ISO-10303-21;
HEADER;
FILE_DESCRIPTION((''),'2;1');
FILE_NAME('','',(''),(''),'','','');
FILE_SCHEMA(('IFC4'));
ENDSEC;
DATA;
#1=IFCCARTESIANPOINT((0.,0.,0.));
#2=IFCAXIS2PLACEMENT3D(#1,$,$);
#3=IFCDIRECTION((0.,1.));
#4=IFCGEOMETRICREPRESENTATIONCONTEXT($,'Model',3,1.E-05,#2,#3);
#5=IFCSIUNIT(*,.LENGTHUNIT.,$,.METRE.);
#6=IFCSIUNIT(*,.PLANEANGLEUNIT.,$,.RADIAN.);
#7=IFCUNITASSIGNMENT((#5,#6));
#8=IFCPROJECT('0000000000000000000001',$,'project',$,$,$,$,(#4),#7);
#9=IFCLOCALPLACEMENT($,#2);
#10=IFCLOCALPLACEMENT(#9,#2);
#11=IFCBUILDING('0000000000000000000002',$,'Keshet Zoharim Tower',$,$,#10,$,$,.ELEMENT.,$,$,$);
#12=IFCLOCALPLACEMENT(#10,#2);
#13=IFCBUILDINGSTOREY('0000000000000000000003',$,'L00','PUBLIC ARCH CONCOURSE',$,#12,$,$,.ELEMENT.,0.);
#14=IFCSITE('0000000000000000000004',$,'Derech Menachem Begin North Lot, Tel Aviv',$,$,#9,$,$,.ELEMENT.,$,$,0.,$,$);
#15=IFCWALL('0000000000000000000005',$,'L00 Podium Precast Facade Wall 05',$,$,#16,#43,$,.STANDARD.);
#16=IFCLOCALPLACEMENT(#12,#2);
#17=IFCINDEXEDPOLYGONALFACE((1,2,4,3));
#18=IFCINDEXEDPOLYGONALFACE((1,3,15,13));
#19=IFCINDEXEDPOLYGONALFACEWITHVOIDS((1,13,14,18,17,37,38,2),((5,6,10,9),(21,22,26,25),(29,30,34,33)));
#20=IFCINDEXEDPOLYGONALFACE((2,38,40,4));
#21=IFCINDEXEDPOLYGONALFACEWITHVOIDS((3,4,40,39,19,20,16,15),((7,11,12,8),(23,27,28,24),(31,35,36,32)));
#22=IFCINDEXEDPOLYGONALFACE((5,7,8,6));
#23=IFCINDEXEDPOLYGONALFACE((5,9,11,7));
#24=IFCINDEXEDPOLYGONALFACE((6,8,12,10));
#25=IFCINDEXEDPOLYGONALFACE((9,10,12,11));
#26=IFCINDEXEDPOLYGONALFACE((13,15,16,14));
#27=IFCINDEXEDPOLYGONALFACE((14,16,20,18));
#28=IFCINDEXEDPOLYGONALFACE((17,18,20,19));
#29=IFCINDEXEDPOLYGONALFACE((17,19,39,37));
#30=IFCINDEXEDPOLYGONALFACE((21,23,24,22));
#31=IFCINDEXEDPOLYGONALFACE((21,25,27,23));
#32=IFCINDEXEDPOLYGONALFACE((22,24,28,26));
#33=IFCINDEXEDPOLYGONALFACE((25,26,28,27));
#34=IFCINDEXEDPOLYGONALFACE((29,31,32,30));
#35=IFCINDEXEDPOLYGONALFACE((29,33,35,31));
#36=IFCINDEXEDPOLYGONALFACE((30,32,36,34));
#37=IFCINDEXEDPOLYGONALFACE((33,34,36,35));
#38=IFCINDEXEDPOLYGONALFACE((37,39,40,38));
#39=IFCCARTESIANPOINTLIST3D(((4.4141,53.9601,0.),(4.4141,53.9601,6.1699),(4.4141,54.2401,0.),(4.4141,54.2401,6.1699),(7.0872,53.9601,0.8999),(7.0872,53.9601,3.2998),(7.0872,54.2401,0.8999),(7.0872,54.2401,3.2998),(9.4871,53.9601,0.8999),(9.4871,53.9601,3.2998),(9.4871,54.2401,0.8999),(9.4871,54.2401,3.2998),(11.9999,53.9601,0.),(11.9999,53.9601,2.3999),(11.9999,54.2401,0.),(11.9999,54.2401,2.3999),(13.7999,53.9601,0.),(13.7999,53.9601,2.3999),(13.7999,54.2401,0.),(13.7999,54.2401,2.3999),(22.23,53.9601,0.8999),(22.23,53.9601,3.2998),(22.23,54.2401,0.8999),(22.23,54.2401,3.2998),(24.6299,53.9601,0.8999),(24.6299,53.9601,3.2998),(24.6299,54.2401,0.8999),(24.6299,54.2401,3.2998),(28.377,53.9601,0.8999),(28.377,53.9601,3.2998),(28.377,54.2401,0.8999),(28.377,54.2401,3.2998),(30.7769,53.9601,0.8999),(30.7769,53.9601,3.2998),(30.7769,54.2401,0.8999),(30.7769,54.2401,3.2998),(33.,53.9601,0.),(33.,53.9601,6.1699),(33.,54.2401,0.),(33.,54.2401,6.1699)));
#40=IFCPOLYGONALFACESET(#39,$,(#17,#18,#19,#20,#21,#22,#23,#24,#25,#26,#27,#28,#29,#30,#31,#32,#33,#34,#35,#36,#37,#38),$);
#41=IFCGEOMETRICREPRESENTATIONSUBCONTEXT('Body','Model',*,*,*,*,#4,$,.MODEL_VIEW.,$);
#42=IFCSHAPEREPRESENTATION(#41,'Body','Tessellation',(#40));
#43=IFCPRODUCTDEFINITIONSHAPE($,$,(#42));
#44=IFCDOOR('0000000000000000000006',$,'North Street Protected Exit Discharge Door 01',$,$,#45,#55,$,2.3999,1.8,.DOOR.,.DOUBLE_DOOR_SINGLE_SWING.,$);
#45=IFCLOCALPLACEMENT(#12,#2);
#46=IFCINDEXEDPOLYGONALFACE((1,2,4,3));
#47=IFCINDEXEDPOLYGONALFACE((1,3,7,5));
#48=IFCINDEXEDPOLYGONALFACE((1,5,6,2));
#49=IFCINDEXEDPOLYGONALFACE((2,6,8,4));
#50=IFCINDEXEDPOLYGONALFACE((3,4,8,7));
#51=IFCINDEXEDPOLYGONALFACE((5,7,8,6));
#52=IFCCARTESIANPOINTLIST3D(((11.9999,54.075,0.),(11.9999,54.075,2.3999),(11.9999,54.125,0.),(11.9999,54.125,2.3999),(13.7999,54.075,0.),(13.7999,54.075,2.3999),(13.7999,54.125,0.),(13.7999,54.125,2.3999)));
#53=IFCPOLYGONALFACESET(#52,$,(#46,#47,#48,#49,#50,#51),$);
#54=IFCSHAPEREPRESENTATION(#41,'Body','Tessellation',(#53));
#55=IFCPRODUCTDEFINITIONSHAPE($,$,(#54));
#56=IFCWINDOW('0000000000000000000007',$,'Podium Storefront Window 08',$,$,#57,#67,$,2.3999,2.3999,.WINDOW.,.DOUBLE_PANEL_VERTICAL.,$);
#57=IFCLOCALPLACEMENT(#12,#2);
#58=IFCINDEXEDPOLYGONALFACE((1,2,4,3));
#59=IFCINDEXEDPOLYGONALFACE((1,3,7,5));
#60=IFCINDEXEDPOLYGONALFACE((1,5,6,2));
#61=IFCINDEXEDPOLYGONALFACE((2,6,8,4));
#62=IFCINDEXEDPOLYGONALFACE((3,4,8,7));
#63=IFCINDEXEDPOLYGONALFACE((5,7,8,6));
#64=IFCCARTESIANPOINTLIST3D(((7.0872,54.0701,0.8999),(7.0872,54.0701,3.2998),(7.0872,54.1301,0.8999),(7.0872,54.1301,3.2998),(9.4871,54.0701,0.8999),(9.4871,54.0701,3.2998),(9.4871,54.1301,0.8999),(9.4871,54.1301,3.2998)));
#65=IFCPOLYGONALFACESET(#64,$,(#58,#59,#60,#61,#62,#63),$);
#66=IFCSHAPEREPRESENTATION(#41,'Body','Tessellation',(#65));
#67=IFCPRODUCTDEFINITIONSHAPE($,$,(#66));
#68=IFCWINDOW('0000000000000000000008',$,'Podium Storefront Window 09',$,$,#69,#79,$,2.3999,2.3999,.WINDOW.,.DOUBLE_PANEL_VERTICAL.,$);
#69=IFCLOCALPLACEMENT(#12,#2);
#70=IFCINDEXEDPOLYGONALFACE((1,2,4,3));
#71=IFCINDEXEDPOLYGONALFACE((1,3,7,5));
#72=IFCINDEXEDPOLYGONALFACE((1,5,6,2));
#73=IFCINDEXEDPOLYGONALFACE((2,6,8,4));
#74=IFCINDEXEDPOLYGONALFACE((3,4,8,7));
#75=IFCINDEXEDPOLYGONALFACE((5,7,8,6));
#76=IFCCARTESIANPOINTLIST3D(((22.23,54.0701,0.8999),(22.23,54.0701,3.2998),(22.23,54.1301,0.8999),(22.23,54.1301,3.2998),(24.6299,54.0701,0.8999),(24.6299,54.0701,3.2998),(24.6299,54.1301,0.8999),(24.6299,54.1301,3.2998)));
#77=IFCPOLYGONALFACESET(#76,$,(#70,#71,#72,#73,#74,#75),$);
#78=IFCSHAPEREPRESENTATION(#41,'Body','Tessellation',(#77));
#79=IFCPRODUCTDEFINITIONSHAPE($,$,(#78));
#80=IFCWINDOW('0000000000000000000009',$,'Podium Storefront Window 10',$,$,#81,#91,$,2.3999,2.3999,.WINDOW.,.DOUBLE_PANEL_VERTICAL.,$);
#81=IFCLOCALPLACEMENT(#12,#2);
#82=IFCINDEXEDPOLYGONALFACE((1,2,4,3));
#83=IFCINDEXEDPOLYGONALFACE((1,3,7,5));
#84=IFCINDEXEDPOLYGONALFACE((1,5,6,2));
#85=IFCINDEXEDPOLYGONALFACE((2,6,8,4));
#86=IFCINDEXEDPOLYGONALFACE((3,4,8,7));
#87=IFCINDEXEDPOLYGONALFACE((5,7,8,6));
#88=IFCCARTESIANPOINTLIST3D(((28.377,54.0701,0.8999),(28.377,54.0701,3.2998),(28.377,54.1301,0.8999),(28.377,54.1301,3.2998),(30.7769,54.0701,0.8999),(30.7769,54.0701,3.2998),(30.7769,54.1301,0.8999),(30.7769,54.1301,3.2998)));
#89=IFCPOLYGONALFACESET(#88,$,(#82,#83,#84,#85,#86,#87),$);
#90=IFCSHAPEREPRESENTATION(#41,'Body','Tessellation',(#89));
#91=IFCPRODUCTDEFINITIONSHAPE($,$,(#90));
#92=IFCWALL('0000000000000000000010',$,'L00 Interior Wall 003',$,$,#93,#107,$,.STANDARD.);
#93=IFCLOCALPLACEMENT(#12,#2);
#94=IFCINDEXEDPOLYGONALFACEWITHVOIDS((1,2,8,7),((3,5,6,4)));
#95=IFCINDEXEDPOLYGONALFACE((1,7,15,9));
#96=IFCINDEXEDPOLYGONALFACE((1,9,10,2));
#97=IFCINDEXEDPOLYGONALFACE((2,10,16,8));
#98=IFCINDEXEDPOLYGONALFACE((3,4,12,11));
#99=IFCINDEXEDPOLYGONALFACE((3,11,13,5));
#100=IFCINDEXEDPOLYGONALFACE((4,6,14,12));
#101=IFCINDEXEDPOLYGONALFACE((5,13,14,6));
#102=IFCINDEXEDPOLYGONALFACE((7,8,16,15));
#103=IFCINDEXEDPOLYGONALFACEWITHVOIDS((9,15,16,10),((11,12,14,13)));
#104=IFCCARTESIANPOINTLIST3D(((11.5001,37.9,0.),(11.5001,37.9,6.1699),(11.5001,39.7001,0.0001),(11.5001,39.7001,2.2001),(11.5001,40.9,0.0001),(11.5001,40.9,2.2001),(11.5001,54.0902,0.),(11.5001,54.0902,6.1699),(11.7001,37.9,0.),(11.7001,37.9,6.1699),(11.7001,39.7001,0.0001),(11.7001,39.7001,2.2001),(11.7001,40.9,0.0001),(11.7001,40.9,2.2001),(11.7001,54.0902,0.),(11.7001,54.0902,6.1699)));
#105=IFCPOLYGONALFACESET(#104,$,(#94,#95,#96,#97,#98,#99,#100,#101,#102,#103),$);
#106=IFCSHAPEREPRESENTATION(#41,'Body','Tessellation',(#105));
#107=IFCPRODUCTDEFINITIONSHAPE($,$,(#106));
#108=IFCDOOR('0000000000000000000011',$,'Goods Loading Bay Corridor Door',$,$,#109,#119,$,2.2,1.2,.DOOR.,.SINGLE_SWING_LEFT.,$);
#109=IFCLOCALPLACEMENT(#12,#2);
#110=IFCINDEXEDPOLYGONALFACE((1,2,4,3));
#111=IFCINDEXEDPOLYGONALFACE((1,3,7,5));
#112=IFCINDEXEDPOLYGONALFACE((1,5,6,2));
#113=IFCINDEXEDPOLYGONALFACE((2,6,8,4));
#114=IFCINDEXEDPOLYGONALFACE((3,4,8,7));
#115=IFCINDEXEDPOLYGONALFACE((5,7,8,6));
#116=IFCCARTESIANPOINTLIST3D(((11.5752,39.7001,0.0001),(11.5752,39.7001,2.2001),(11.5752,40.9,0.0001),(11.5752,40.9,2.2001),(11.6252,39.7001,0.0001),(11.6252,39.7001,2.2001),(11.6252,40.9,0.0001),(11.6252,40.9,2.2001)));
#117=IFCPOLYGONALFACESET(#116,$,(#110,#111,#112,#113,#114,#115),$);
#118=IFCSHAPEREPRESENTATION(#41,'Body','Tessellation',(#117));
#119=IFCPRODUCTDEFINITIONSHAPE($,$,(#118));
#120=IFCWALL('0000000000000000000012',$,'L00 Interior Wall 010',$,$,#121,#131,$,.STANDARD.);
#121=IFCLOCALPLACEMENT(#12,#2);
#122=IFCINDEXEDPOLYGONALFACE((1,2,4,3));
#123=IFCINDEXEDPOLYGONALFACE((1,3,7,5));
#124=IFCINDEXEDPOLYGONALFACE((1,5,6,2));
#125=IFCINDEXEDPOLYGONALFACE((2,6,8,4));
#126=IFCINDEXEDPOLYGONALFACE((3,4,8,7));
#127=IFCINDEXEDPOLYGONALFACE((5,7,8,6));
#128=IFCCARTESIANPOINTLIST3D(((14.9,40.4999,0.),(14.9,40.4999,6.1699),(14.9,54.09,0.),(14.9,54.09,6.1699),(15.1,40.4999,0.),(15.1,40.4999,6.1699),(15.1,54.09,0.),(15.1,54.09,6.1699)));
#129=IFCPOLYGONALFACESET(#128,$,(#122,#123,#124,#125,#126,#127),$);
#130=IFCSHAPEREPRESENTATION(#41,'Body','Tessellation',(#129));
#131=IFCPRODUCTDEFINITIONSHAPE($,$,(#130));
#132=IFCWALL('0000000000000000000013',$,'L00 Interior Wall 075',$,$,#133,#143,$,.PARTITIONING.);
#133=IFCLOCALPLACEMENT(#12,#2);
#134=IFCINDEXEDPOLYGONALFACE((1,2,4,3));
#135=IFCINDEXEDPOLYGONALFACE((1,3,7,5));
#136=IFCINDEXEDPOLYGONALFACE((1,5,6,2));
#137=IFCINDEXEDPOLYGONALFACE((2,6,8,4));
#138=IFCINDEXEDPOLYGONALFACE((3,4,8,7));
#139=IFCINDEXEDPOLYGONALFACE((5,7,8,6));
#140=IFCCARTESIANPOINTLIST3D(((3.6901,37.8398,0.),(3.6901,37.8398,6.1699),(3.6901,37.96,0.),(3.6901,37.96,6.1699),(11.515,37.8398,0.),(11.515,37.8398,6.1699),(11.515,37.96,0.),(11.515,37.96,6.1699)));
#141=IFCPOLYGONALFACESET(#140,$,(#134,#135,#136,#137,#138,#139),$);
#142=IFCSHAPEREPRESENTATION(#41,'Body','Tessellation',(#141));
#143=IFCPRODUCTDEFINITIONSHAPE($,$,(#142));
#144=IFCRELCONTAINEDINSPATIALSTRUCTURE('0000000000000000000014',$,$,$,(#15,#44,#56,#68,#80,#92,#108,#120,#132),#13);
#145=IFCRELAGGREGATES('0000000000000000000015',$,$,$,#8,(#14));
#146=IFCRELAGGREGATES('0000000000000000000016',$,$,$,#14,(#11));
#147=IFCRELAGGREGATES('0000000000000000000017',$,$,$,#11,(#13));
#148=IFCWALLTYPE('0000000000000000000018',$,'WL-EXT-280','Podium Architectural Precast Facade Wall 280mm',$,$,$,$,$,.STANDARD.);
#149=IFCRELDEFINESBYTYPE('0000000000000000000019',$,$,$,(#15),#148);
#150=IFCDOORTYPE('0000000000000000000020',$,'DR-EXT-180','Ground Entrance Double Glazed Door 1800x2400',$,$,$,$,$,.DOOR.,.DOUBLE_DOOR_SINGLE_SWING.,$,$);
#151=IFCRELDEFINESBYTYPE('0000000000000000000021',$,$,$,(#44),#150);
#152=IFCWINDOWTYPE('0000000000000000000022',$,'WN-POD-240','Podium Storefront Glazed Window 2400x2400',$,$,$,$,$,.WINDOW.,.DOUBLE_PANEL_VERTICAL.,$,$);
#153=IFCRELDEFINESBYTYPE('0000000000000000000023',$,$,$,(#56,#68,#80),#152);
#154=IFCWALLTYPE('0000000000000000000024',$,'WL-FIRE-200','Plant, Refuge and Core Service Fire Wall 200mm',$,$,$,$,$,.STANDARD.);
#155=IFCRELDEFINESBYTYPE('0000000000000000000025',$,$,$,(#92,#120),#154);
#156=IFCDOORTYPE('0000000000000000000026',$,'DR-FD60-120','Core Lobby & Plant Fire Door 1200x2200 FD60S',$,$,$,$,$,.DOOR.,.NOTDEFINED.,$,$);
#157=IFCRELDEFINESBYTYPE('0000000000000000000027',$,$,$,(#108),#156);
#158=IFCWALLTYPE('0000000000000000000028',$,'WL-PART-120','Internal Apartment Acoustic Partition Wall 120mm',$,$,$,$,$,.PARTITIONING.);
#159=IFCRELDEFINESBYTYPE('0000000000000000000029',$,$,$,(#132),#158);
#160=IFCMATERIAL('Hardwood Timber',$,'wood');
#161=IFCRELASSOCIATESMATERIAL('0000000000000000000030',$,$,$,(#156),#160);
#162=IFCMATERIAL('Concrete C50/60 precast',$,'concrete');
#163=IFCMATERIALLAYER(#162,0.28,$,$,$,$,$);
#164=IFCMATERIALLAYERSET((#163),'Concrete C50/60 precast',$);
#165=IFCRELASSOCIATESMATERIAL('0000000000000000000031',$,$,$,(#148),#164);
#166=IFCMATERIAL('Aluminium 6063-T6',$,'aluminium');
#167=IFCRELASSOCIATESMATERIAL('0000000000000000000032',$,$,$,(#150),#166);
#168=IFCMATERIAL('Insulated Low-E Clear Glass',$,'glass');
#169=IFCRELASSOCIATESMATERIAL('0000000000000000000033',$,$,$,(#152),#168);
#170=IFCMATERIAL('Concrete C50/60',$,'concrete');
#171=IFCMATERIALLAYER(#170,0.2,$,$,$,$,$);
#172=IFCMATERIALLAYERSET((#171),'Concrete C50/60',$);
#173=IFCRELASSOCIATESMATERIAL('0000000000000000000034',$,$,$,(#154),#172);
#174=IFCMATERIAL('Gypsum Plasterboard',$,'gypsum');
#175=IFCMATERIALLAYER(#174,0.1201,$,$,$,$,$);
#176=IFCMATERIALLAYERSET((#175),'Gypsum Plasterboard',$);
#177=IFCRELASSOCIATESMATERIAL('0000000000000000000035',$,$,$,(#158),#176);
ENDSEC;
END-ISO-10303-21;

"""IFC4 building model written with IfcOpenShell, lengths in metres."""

from ifc_helpers import new_model, si_unit, direction, frame, frame_2d, origin, place, context, subcontext, project, spatial, rectangle, extrude, material, layer, layer_set, type_object, element, fill, save


model = new_model("IFC4")

# Units and contexts
model_context = context("Model", 3, precision=1e-05, world=origin(), true_north=direction((0.0, 1.0)))
body_context = subcontext(model_context, "Body", "Model", "MODEL_VIEW")
ifc_project = project(units=[si_unit("LENGTHUNIT", "METRE"), si_unit("PLANEANGLEUNIT", "RADIAN")], contexts=[model_context])

# Site, building, storey
site_placement = place(None, origin())
site = spatial("IfcSite", under=ifc_project, at=site_placement, Name="Derech Menachem Begin North Lot, Tel Aviv", CompositionType="ELEMENT", RefElevation=0.0)
building_placement = place(site_placement, origin())
building = spatial("IfcBuilding", under=site, at=building_placement, Name="Keshet Zoharim Tower", CompositionType="ELEMENT")
storey_placement = place(building_placement, origin())
storey = spatial("IfcBuildingStorey", under=building, at=storey_placement, Name="L00", Description="PUBLIC ARCH CONCOURSE", CompositionType="ELEMENT", Elevation=0.0)

# Shared definitions
ifc_material_1 = material(Name="Gypsum Plasterboard", Category="gypsum")
ifc_material_2 = material(Name="Hardwood Timber", Category="wood")
door_type_1 = type_object("IfcDoorType", Name="DR-FD60-120", Description="Core Lobby & Plant Fire Door 1200x2200 FD60S", OperationType="NOTDEFINED", PredefinedType="DOOR", material=ifc_material_2)

# Shared definitions
ifc_material_3 = material(Name="Concrete C50/60 precast", Category="concrete")
ifc_layer_1 = layer(ifc_material_3, 0.28)
ifc_layer_set_1 = layer_set([ifc_layer_1], Name="Concrete C50/60 precast")
wall_type_1 = type_object("IfcWallType", Name="WL-EXT-280", Description="Podium Architectural Precast Facade Wall 280mm", PredefinedType="STANDARD", material=ifc_layer_set_1)

# Wall, openings, door, windows
wall_1_placement = place(storey_placement, frame((4.4141, 54.1001, 0.0), z_axis=(0.0, 0.0, 1.0), x_axis=(1.0, 0.0, 0.0)))
wall_1 = element("IfcWall", 1, at=wall_1_placement, inside=storey, type_object=wall_type_1, Name="L00 Podium Precast Facade Wall 05", PredefinedType="STANDARD", context=body_context, shape_type="SweptSolid", body=[
    extrude(rectangle(XDim=28.5859, YDim=0.28, at=frame_2d((14.293, 0.0))), origin(), (0.0, 0.0, 1.0), 6.1699),
])
opening_1_placement = place(wall_1_placement, frame((7.5859, 0.0, 0.0)))
opening_1 = element("IfcOpeningElement", 2, at=opening_1_placement, cuts=wall_1, PredefinedType="OPENING", context=body_context, shape_type="SweptSolid", body=[
    extrude(rectangle(XDim=1.8, YDim=2.3999, at=frame_2d((0.8999, 1.2))), frame((0.0, 0.1499, 0.0), z_axis=(0.0, -1.0, 0.0), x_axis=(1.0, 0.0, 0.0)), (0.0, 0.0, 1.0), 0.3),
])
opening_2_placement = place(wall_1_placement, frame((2.6731, 0.0, 0.8999)))
opening_2 = element("IfcOpeningElement", 3, at=opening_2_placement, cuts=wall_1, PredefinedType="OPENING", context=body_context, shape_type="SweptSolid", body=[
    extrude(rectangle(XDim=2.3999, YDim=2.3999, at=frame_2d((1.2, 1.2))), frame((0.0, 0.1499, 0.0), z_axis=(0.0, -1.0, 0.0), x_axis=(1.0, 0.0, 0.0)), (0.0, 0.0, 1.0), 0.3),
])
opening_3_placement = place(wall_1_placement, frame((17.8159, 0.0, 0.8999)))
opening_3 = element("IfcOpeningElement", 4, at=opening_3_placement, cuts=wall_1, PredefinedType="OPENING", context=body_context, shape_type="SweptSolid", body=[
    extrude(rectangle(XDim=2.3999, YDim=2.3999, at=frame_2d((1.2, 1.2))), frame((0.0, 0.1499, 0.0), z_axis=(0.0, -1.0, 0.0), x_axis=(1.0, 0.0, 0.0)), (0.0, 0.0, 1.0), 0.3),
])
opening_4_placement = place(wall_1_placement, frame((23.9629, 0.0, 0.8999)))
opening_4 = element("IfcOpeningElement", 5, at=opening_4_placement, cuts=wall_1, PredefinedType="OPENING", context=body_context, shape_type="SweptSolid", body=[
    extrude(rectangle(XDim=2.3999, YDim=2.3999, at=frame_2d((1.2, 1.2))), frame((0.0, 0.1499, 0.0), z_axis=(0.0, -1.0, 0.0), x_axis=(1.0, 0.0, 0.0)), (0.0, 0.0, 1.0), 0.3),
])
ifc_material_4 = material(Name="Aluminium 6063-T6", Category="aluminium")
door_type_2 = type_object("IfcDoorType", Name="DR-EXT-180", Description="Ground Entrance Double Glazed Door 1800x2400", OperationType="DOUBLE_DOOR_SINGLE_SWING", PredefinedType="DOOR", material=ifc_material_4)
door_1_placement = place(opening_1_placement, origin())
door_1 = element("IfcDoor", 6, at=door_1_placement, inside=storey, type_object=door_type_2, Name="North Street Protected Exit Discharge Door 01", OperationType="DOUBLE_DOOR_SINGLE_SWING", OverallHeight=2.3999, OverallWidth=1.8, PredefinedType="DOOR", context=body_context, shape_type="SweptSolid", body=[
    extrude(rectangle(XDim=1.8, YDim=2.3999, at=frame_2d((0.8999, 1.2))), frame((0.0, 0.0249, 0.0), z_axis=(0.0, -1.0, 0.0), x_axis=(1.0, 0.0, 0.0)), (0.0, 0.0, 1.0), 0.05),
])
fill(opening_1, door_1)
ifc_material_5 = material(Name="Insulated Low-E Clear Glass", Category="glass")
window_type = type_object("IfcWindowType", Name="WN-POD-240", Description="Podium Storefront Glazed Window 2400x2400", PartitioningType="DOUBLE_PANEL_VERTICAL", PredefinedType="WINDOW", material=ifc_material_5)
window_1_placement = place(opening_2_placement, origin())
window_1 = element("IfcWindow", 7, at=window_1_placement, inside=storey, type_object=window_type, Name="Podium Storefront Window 08", OverallHeight=2.3999, OverallWidth=2.3999, PartitioningType="DOUBLE_PANEL_VERTICAL", PredefinedType="WINDOW", context=body_context, shape_type="SweptSolid", body=[
    extrude(rectangle(XDim=2.3999, YDim=2.3999, at=frame_2d((1.2, 1.2))), frame((0.0, 0.03, 0.0), z_axis=(0.0, -1.0, 0.0), x_axis=(1.0, 0.0, 0.0)), (0.0, 0.0, 1.0), 0.0601),
])
fill(opening_2, window_1)
window_2_placement = place(opening_3_placement, origin())
window_2 = element("IfcWindow", 8, at=window_2_placement, inside=storey, type_object=window_type, Name="Podium Storefront Window 09", OverallHeight=2.3999, OverallWidth=2.3999, PartitioningType="DOUBLE_PANEL_VERTICAL", PredefinedType="WINDOW", context=body_context, shape_type="SweptSolid", body=[
    extrude(rectangle(XDim=2.3999, YDim=2.3999, at=frame_2d((1.2, 1.2))), frame((0.0, 0.03, 0.0), z_axis=(0.0, -1.0, 0.0), x_axis=(1.0, 0.0, 0.0)), (0.0, 0.0, 1.0), 0.0601),
])
fill(opening_3, window_2)
window_3_placement = place(opening_4_placement, origin())
window_3 = element("IfcWindow", 9, at=window_3_placement, inside=storey, type_object=window_type, Name="Podium Storefront Window 10", OverallHeight=2.3999, OverallWidth=2.3999, PartitioningType="DOUBLE_PANEL_VERTICAL", PredefinedType="WINDOW", context=body_context, shape_type="SweptSolid", body=[
    extrude(rectangle(XDim=2.3999, YDim=2.3999, at=frame_2d((1.2, 1.2))), frame((0.0, 0.03, 0.0), z_axis=(0.0, -1.0, 0.0), x_axis=(1.0, 0.0, 0.0)), (0.0, 0.0, 1.0), 0.0601),
])
fill(opening_4, window_3)

# Wall, opening, door
ifc_material_6 = material(Name="Concrete C50/60", Category="concrete")
ifc_layer_2 = layer(ifc_material_6, 0.2)
ifc_layer_set_2 = layer_set([ifc_layer_2], Name="Concrete C50/60")
wall_type_2 = type_object("IfcWallType", Name="WL-FIRE-200", Description="Plant, Refuge and Core Service Fire Wall 200mm", PredefinedType="STANDARD", material=ifc_layer_set_2)
wall_2_placement = place(storey_placement, frame((11.6001, 37.8999, 0.0), z_axis=(0.0, 0.0, 1.0), x_axis=(0.0, 1.0, 0.0)))
wall_2 = element("IfcWall", 10, at=wall_2_placement, inside=storey, type_object=wall_type_2, Name="L00 Interior Wall 003", PredefinedType="STANDARD", context=body_context, shape_type="SweptSolid", body=[
    extrude(rectangle(XDim=16.1902, YDim=0.2, at=frame_2d((8.0952, 0.0))), origin(), (0.0, 0.0, 1.0), 6.1699),
])
opening_5_placement = place(wall_2_placement, frame((1.8, 0.0, 0.0)))
opening_5 = element("IfcOpeningElement", 11, at=opening_5_placement, cuts=wall_2, PredefinedType="OPENING", context=body_context, shape_type="SweptSolid", body=[
    extrude(rectangle(XDim=1.2, YDim=2.2, at=frame_2d((0.6001, 1.1001))), frame((0.0, 0.1099, 0.0), z_axis=(0.0, -1.0, 0.0), x_axis=(1.0, 0.0, 0.0)), (0.0, 0.0, 1.0), 0.22),
])
door_2_placement = place(opening_5_placement, origin())
door_2 = element("IfcDoor", 12, at=door_2_placement, inside=storey, type_object=door_type_1, Name="Goods Loading Bay Corridor Door", OperationType="SINGLE_SWING_LEFT", OverallHeight=2.2, OverallWidth=1.2, PredefinedType="DOOR", context=body_context, shape_type="SweptSolid", body=[
    extrude(rectangle(XDim=1.2, YDim=2.2, at=frame_2d((0.6001, 1.1001))), frame((0.0, 0.0249, 0.0), z_axis=(0.0, -1.0, 0.0), x_axis=(1.0, 0.0, 0.0)), (0.0, 0.0, 1.0), 0.05),
])
fill(opening_5, door_2)

# Walls
wall_3_placement = place(storey_placement, frame((15.0, 40.5, 0.0), z_axis=(0.0, 0.0, 1.0), x_axis=(0.0, 1.0, 0.0)))
element("IfcWall", 13, at=wall_3_placement, inside=storey, type_object=wall_type_2, Name="L00 Interior Wall 010", PredefinedType="STANDARD", context=body_context, shape_type="SweptSolid", body=[
    extrude(rectangle(XDim=13.5901, YDim=0.2, at=frame_2d((6.7949, 0.0))), origin(), (0.0, 0.0, 1.0), 6.1699),
])
ifc_layer_3 = layer(ifc_material_1, 0.1201)
ifc_layer_set_3 = layer_set([ifc_layer_3], Name="Gypsum Plasterboard")
wall_type_3 = type_object("IfcWallType", Name="WL-PART-120", Description="Internal Apartment Acoustic Partition Wall 120mm", PredefinedType="PARTITIONING", material=ifc_layer_set_3)
wall_4_placement = place(storey_placement, frame((3.6899, 37.8999, 0.0), z_axis=(0.0, 0.0, 1.0), x_axis=(1.0, 0.0, 0.0)))
element("IfcWall", 14, at=wall_4_placement, inside=storey, type_object=wall_type_3, Name="L00 Interior Wall 075", PredefinedType="PARTITIONING", context=body_context, shape_type="SweptSolid", body=[
    extrude(rectangle(XDim=7.825, YDim=0.1201, at=frame_2d((3.9126, 0.0))), origin(), (0.0, 0.0, 1.0), 6.1699),
])

save(model, "model.ifc")
